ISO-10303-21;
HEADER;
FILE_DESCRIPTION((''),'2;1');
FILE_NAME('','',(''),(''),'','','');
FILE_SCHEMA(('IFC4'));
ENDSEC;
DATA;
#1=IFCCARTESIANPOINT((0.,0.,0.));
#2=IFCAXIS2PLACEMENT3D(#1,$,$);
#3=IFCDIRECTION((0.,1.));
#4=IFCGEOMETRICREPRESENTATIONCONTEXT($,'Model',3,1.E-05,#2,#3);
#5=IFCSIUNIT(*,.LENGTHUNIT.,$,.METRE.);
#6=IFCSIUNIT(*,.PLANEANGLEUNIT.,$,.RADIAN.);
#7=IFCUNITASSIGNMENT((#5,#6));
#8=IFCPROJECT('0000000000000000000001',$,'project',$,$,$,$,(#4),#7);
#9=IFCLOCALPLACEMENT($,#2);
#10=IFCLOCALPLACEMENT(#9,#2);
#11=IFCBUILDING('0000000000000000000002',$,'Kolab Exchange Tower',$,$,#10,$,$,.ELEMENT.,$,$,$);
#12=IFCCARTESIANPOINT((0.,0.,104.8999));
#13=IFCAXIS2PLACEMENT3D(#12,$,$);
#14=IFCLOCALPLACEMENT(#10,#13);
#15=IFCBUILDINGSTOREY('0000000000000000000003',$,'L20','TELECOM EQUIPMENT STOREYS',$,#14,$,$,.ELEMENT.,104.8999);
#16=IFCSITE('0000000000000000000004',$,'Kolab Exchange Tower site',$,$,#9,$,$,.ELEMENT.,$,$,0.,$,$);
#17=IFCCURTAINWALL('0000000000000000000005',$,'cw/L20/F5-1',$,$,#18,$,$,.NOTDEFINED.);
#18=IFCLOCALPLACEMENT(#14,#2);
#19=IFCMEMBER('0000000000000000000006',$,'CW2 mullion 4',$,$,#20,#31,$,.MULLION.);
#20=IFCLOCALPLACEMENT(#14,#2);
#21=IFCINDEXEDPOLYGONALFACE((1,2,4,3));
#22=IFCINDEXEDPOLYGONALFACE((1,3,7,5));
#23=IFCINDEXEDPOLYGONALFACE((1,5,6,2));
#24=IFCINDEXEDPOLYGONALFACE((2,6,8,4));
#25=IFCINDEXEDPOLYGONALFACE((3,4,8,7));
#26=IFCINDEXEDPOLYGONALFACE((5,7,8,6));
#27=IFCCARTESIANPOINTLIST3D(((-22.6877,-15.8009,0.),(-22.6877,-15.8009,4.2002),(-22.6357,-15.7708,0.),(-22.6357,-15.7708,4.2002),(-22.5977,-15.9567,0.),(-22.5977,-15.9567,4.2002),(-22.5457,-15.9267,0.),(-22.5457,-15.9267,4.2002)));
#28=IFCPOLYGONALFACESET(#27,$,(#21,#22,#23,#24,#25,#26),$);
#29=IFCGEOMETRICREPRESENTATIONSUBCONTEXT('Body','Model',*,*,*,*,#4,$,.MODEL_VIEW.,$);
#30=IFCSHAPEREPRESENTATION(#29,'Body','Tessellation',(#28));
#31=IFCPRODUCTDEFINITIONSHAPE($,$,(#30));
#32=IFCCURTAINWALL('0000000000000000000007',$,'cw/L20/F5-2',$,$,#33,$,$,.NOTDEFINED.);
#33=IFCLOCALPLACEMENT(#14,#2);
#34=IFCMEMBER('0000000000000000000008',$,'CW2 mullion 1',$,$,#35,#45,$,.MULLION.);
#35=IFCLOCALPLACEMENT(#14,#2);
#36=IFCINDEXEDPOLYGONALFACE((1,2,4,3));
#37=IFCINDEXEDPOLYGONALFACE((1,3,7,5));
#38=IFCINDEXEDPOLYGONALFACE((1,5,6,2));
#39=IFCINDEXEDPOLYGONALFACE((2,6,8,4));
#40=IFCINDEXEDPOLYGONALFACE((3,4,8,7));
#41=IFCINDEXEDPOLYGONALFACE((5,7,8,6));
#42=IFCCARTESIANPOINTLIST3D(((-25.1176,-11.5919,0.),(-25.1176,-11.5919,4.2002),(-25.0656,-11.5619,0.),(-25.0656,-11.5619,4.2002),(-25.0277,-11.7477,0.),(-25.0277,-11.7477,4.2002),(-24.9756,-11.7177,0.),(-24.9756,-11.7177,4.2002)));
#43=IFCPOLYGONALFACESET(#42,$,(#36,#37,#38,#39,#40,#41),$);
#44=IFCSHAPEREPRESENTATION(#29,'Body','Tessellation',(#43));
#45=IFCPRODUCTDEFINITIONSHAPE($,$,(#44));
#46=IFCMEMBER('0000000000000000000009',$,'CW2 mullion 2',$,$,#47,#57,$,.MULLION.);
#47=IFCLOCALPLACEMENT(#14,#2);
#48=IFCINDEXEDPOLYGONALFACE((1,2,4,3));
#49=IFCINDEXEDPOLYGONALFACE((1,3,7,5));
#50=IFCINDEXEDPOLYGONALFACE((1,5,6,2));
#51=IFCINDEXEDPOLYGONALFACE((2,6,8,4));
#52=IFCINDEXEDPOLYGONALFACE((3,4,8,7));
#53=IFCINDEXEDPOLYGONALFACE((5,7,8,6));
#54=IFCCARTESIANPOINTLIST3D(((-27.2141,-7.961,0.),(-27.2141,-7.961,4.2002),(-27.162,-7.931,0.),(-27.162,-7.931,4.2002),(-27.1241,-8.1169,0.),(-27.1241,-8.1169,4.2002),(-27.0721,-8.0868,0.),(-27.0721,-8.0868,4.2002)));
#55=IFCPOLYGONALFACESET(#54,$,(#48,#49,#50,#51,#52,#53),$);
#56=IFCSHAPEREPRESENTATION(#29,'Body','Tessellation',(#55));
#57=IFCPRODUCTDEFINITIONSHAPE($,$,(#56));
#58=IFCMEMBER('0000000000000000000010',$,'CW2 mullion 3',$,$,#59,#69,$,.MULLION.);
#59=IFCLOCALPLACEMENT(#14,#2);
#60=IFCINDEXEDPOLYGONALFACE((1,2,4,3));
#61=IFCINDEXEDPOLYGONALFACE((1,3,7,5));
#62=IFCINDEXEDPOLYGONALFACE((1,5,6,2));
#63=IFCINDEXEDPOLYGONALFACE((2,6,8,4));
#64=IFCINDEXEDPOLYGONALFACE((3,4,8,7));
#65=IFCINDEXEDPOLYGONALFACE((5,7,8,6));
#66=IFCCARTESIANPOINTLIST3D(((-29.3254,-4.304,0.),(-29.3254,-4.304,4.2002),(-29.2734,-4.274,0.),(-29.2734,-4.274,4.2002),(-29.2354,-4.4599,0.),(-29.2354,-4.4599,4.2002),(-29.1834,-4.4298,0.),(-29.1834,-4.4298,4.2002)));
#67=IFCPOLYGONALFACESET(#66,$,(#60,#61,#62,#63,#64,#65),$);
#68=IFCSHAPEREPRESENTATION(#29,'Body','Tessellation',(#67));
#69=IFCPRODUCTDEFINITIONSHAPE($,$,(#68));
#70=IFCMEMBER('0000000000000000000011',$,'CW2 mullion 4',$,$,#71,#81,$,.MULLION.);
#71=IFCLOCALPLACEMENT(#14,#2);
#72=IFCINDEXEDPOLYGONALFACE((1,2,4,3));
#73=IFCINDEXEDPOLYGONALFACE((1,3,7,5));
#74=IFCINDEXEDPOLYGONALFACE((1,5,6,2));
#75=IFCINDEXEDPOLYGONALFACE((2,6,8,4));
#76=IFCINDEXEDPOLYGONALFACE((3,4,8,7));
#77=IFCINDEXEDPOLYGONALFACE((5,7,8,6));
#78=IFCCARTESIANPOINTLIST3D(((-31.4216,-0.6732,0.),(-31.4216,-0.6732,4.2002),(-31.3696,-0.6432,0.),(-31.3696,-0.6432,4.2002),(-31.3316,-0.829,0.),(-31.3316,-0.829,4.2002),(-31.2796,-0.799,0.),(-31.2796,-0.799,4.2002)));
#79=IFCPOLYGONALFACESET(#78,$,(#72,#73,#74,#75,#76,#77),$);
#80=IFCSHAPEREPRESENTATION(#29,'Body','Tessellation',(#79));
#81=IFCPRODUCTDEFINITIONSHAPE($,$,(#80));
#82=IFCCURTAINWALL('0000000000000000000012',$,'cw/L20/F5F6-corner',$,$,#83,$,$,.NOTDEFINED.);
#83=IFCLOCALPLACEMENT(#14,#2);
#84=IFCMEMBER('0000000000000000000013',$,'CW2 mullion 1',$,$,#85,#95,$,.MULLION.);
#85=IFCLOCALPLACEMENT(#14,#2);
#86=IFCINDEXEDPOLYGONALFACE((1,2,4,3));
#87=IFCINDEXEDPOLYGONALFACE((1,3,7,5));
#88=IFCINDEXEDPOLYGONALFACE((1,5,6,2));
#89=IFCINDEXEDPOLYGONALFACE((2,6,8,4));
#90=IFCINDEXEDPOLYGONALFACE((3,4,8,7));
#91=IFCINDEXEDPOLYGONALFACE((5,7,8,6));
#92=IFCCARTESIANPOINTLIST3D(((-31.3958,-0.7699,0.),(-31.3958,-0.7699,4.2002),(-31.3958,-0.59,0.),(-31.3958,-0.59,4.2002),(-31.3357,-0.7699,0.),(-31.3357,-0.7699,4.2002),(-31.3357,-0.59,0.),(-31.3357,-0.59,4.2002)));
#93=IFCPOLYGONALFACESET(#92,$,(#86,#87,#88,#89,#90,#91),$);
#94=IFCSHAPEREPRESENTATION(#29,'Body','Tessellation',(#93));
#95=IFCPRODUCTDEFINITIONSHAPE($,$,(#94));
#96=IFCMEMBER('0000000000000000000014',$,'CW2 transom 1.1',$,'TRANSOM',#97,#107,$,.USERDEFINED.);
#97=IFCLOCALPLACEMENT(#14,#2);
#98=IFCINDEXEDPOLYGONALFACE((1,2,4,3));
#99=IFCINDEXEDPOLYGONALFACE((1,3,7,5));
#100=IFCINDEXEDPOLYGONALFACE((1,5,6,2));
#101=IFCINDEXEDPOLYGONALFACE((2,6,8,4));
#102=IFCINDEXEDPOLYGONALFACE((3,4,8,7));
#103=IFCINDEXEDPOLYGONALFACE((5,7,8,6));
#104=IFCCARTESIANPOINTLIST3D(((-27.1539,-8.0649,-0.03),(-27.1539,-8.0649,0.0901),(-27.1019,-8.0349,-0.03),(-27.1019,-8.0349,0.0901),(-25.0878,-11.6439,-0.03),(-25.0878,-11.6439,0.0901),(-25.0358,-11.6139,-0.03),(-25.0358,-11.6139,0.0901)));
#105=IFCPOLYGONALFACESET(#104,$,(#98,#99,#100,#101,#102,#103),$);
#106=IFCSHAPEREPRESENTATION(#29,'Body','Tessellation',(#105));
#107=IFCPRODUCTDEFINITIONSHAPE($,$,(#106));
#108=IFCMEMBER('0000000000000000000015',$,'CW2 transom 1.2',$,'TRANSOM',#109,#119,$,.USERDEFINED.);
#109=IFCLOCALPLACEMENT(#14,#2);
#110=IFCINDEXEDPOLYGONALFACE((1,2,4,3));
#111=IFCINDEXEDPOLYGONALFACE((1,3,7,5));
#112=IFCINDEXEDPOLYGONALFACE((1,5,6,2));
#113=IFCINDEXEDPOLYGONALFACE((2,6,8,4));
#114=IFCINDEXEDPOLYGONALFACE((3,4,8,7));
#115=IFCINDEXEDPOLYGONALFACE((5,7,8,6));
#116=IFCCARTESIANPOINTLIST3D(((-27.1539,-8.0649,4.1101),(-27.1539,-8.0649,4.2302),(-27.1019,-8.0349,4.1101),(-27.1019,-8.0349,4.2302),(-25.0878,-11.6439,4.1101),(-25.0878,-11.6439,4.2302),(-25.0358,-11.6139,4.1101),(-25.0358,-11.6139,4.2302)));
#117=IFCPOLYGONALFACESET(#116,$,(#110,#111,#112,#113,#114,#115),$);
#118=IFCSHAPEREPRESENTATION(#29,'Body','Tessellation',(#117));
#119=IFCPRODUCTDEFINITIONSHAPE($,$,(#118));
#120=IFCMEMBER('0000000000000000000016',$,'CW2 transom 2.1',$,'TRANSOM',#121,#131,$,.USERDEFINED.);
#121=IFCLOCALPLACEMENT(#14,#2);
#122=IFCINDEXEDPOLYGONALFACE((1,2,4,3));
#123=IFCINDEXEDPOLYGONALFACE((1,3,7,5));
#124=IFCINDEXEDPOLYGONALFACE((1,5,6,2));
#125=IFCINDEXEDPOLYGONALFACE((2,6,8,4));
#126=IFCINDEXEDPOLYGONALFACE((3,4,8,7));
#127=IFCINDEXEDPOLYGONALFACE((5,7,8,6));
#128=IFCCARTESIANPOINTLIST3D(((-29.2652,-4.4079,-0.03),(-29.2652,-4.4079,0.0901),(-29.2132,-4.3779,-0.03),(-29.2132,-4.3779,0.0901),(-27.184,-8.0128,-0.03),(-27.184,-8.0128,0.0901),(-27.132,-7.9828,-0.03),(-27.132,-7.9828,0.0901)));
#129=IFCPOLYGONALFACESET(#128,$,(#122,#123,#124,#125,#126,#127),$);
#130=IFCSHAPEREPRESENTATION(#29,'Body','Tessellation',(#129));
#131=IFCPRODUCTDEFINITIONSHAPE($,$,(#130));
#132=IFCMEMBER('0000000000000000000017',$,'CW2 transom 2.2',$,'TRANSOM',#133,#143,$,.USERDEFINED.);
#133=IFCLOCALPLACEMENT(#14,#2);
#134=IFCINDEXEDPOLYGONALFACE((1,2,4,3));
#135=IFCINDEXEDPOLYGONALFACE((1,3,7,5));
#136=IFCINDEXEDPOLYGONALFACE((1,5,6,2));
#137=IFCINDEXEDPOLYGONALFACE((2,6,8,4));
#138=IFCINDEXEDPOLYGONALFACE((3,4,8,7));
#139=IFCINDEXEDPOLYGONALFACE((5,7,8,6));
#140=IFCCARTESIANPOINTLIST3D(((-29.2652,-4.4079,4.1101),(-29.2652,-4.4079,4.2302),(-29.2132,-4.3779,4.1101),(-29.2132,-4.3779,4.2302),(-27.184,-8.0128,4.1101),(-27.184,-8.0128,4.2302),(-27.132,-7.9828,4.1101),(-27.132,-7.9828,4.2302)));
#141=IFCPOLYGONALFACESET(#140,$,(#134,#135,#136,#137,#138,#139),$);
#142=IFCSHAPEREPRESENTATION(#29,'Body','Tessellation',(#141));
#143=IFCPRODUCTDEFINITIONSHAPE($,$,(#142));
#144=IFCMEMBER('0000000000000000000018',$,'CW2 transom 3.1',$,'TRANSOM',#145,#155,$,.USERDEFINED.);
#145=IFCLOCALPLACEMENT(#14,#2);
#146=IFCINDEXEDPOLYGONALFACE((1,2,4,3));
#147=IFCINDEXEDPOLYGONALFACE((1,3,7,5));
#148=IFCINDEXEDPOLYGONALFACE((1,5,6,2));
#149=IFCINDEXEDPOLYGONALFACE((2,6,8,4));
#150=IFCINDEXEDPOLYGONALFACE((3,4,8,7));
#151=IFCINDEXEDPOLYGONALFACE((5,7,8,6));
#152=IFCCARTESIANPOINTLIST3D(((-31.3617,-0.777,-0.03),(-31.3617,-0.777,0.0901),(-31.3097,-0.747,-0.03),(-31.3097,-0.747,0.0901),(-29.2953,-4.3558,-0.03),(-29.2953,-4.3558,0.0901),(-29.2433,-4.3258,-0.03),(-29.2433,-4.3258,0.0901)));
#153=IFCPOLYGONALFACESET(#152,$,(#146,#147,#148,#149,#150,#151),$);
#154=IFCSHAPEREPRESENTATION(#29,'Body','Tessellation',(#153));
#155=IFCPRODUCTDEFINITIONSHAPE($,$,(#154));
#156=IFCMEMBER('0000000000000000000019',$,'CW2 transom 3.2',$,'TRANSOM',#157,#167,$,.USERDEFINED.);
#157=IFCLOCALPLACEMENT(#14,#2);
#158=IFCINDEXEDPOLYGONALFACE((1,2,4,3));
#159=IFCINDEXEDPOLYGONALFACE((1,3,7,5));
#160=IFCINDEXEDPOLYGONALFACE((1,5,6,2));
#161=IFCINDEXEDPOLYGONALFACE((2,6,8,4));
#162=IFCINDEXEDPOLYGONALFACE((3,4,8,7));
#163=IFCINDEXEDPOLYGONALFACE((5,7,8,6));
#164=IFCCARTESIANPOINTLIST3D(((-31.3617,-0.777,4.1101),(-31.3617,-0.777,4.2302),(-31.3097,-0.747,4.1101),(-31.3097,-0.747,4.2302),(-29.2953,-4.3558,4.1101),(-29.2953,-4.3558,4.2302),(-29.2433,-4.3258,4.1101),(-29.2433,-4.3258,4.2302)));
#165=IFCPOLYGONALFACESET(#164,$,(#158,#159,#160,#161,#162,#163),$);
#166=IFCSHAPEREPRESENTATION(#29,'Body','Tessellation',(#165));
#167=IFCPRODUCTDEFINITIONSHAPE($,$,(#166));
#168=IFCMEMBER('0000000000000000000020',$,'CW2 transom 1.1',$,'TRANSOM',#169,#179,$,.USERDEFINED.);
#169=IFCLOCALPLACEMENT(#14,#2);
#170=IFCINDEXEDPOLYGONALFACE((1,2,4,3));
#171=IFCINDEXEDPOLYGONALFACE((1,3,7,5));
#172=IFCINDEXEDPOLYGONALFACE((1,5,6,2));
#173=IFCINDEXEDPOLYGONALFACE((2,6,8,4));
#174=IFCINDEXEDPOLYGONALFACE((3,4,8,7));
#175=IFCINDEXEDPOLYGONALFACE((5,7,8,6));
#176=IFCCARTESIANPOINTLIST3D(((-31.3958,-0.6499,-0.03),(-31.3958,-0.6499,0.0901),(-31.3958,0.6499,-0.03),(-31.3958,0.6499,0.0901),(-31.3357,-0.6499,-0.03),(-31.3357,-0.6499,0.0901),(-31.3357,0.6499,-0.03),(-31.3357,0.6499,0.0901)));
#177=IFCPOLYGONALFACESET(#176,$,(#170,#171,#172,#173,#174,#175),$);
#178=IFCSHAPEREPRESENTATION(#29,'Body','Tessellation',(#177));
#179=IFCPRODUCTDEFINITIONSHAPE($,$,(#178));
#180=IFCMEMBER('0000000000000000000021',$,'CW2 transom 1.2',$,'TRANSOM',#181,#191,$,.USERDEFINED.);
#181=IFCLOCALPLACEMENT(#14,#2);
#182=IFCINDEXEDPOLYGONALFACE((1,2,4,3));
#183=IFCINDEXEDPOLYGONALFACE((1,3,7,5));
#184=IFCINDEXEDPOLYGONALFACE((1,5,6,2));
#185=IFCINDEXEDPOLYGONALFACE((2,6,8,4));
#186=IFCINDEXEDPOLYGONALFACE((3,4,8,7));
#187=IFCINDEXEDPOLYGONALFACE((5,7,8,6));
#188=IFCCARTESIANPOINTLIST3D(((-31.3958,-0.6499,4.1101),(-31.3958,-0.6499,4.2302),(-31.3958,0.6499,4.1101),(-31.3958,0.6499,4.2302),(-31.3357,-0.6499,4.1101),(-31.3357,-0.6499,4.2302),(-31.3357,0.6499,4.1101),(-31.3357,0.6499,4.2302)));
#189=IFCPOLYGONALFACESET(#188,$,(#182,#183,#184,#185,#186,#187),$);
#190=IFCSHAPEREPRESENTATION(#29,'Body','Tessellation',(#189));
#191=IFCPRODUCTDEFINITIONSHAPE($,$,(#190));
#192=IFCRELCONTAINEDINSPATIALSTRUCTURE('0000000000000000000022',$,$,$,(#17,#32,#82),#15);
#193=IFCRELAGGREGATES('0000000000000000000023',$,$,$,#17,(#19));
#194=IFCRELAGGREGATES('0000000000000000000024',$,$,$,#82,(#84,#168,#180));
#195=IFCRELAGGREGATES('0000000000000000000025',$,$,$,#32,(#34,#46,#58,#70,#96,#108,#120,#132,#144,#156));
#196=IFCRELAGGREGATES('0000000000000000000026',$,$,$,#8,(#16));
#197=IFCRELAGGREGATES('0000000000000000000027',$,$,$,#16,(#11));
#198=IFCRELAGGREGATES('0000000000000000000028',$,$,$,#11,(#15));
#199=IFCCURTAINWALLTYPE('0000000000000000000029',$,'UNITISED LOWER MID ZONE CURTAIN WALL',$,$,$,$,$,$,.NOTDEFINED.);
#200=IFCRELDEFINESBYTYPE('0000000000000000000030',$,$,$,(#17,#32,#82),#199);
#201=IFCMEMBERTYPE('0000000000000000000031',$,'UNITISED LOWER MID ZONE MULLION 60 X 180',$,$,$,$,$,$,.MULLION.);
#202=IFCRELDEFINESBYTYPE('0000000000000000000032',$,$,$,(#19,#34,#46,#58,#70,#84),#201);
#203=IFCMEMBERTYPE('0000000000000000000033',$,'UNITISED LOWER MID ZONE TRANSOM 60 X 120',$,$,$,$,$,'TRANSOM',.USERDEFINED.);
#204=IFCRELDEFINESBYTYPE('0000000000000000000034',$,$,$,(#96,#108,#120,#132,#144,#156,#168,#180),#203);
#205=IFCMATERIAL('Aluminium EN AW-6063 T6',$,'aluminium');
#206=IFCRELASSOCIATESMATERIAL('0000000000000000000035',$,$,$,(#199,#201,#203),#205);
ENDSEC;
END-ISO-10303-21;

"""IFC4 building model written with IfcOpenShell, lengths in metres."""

from ifc_helpers import new_model, si_unit, direction, frame, origin, origin_2d, place, context, subcontext, project, spatial, rectangle, extrude, material, material_profile, profile_set, type_object, element, aggregate, save


model = new_model("IFC4")

# Units and contexts
model_context = context("Model", 3, precision=1e-05, world=origin(), true_north=direction((0.0, 1.0)))
body_context = subcontext(model_context, "Body", "Model", "MODEL_VIEW")
ifc_project = project(units=[si_unit("LENGTHUNIT", "METRE"), si_unit("PLANEANGLEUNIT", "RADIAN")], contexts=[model_context])

# Site, building, storey
site_placement = place(None, origin())
site = spatial("IfcSite", under=ifc_project, at=site_placement, Name="Kolab Exchange Tower site", CompositionType="ELEMENT", RefElevation=0.0)
building_placement = place(site_placement, origin())
building = spatial("IfcBuilding", under=site, at=building_placement, Name="Kolab Exchange Tower", CompositionType="ELEMENT")
storey_placement = place(building_placement, frame((0.0, 0.0, 104.8999)))
storey = spatial("IfcBuildingStorey", under=building, at=storey_placement, Name="L20", Description="TELECOM EQUIPMENT STOREYS", CompositionType="ELEMENT", Elevation=104.8999)

# Curtain wall, member
ifc_material_1 = material(Name="Aluminium EN AW-6063 T6", Category="aluminium")
curtain_wall_type = type_object("IfcCurtainWallType", Name="UNITISED LOWER MID ZONE CURTAIN WALL", PredefinedType="NOTDEFINED", material=ifc_material_1)
curtain_wall_1_placement = place(storey_placement, origin())
curtain_wall_1 = element("IfcCurtainWall", 1, at=curtain_wall_1_placement, inside=storey, type_object=curtain_wall_type, Name="cw/L20/F5-1", PredefinedType="NOTDEFINED")
ifc_material_profile_1 = material_profile(ifc_material_1, rectangle(XDim=0.0601, YDim=0.1799, at=origin_2d()), Name="RECT 60X180")
ifc_profile_set_1 = profile_set([ifc_material_profile_1], Name="Aluminium EN AW-6063 T6")
member_type_1 = type_object("IfcMemberType", Name="UNITISED LOWER MID ZONE MULLION 60 X 180", PredefinedType="MULLION", material=ifc_profile_set_1)
member_1_placement = place(storey_placement, frame((-22.6167, -15.8638, 0.0), z_axis=(0.0, 0.0, 1.0), x_axis=(-0.866025, -0.5, 0.0)))
member_1 = element("IfcMember", 2, at=member_1_placement, type_object=member_type_1, Name="CW2 mullion 4", PredefinedType="MULLION", context=body_context, shape_type="SweptSolid", body=[
    extrude(rectangle(XDim=0.0601, YDim=0.1799, at=origin_2d()), origin(), (0.0, 0.0, 1.0), 4.2002),
])
aggregate(curtain_wall_1, [member_1])

# Curtain wall, members
curtain_wall_2_placement = place(storey_placement, origin())
curtain_wall_2 = element("IfcCurtainWall", 3, at=curtain_wall_2_placement, inside=storey, type_object=curtain_wall_type, Name="cw/L20/F5-2", PredefinedType="NOTDEFINED")
member_2_placement = place(storey_placement, frame((-25.0466, -11.6548, 0.0), z_axis=(0.0, 0.0, 1.0), x_axis=(-0.866025, -0.5, 0.0)))
member_2 = element("IfcMember", 4, at=member_2_placement, type_object=member_type_1, Name="CW2 mullion 1", PredefinedType="MULLION", context=body_context, shape_type="SweptSolid", body=[
    extrude(rectangle(XDim=0.0601, YDim=0.1799, at=origin_2d()), origin(), (0.0, 0.0, 1.0), 4.2002),
])
member_3_placement = place(storey_placement, frame((-27.1431, -8.0239, 0.0), z_axis=(0.0, 0.0, 1.0), x_axis=(-0.866025, -0.5, 0.0)))
member_3 = element("IfcMember", 5, at=member_3_placement, type_object=member_type_1, Name="CW2 mullion 2", PredefinedType="MULLION", context=body_context, shape_type="SweptSolid", body=[
    extrude(rectangle(XDim=0.0601, YDim=0.1799, at=origin_2d()), origin(), (0.0, 0.0, 1.0), 4.2002),
])
member_4_placement = place(storey_placement, frame((-29.2544, -4.3669, 0.0), z_axis=(0.0, 0.0, 1.0), x_axis=(-0.866025, -0.5, 0.0)))
member_4 = element("IfcMember", 6, at=member_4_placement, type_object=member_type_1, Name="CW2 mullion 3", PredefinedType="MULLION", context=body_context, shape_type="SweptSolid", body=[
    extrude(rectangle(XDim=0.0601, YDim=0.1799, at=origin_2d()), origin(), (0.0, 0.0, 1.0), 4.2002),
])
member_5_placement = place(storey_placement, frame((-31.3506, -0.7361, 0.0), z_axis=(0.0, 0.0, 1.0), x_axis=(-0.866025, -0.5, 0.0)))
member_5 = element("IfcMember", 7, at=member_5_placement, type_object=member_type_1, Name="CW2 mullion 4", PredefinedType="MULLION", context=body_context, shape_type="SweptSolid", body=[
    extrude(rectangle(XDim=0.0601, YDim=0.1799, at=origin_2d()), origin(), (0.0, 0.0, 1.0), 4.2002),
])

# Curtain wall, member
curtain_wall_3_placement = place(storey_placement, origin())
curtain_wall_3 = element("IfcCurtainWall", 8, at=curtain_wall_3_placement, inside=storey, type_object=curtain_wall_type, Name="cw/L20/F5F6-corner", PredefinedType="NOTDEFINED")
member_6_placement = place(storey_placement, frame((-31.3657, -0.6799, 0.0), z_axis=(0.0, 0.0, 1.0), x_axis=(-1.0, 0.0, 0.0)))
member_6 = element("IfcMember", 9, at=member_6_placement, type_object=member_type_1, Name="CW2 mullion 1", PredefinedType="MULLION", context=body_context, shape_type="SweptSolid", body=[
    extrude(rectangle(XDim=0.0601, YDim=0.1799, at=origin_2d()), origin(), (0.0, 0.0, 1.0), 4.2002),
])

# Members
ifc_material_profile_2 = material_profile(ifc_material_1, rectangle(XDim=0.0601, YDim=0.1201, at=origin_2d()), Name="RECT 60X120")
ifc_profile_set_2 = profile_set([ifc_material_profile_2], Name="Aluminium EN AW-6063 T6")
member_type_2 = type_object("IfcMemberType", Name="UNITISED LOWER MID ZONE TRANSOM 60 X 120", ElementType="TRANSOM", PredefinedType="USERDEFINED", material=ifc_profile_set_2)
member_7_placement = place(storey_placement, frame((-25.0618, -11.6289, 0.03), z_axis=(-0.499958, 0.86605, 0.0), x_axis=(-0.86605, -0.499958, 0.0)))
member_7 = element("IfcMember", 10, at=member_7_placement, type_object=member_type_2, Name="CW2 transom 1.1", ObjectType="TRANSOM", PredefinedType="USERDEFINED", context=body_context, shape_type="SweptSolid", body=[
    extrude(rectangle(XDim=0.0601, YDim=0.1201, at=origin_2d()), origin(), (0.0, 0.0, 1.0), 4.1326),
])
member_8_placement = place(storey_placement, frame((-25.0618, -11.6289, 4.1702), z_axis=(-0.499958, 0.86605, 0.0), x_axis=(-0.86605, -0.499958, 0.0)))
member_8 = element("IfcMember", 11, at=member_8_placement, type_object=member_type_2, Name="CW2 transom 1.2", ObjectType="TRANSOM", PredefinedType="USERDEFINED", context=body_context, shape_type="SweptSolid", body=[
    extrude(rectangle(XDim=0.0601, YDim=0.1201, at=origin_2d()), origin(), (0.0, 0.0, 1.0), 4.1326),
])
member_9_placement = place(storey_placement, frame((-27.158, -7.9978, 0.03), z_axis=(-0.499993, 0.866029, 0.0), x_axis=(-0.866029, -0.499993, 0.0)))
member_9 = element("IfcMember", 12, at=member_9_placement, type_object=member_type_2, Name="CW2 transom 2.1", ObjectType="TRANSOM", PredefinedType="USERDEFINED", context=body_context, shape_type="SweptSolid", body=[
    extrude(rectangle(XDim=0.0601, YDim=0.1201, at=origin_2d()), origin(), (0.0, 0.0, 1.0), 4.1626),
])
member_10_placement = place(storey_placement, frame((-27.158, -7.9978, 4.1702), z_axis=(-0.499993, 0.866029, 0.0), x_axis=(-0.866029, -0.499993, 0.0)))
member_10 = element("IfcMember", 13, at=member_10_placement, type_object=member_type_2, Name="CW2 transom 2.2", ObjectType="TRANSOM", PredefinedType="USERDEFINED", context=body_context, shape_type="SweptSolid", body=[
    extrude(rectangle(XDim=0.0601, YDim=0.1201, at=origin_2d()), origin(), (0.0, 0.0, 1.0), 4.1626),
])
member_11_placement = place(storey_placement, frame((-29.2693, -4.3408, 0.03), z_axis=(-0.500028, 0.866009, 0.0), x_axis=(-0.866009, -0.500028, 0.0)))
member_11 = element("IfcMember", 14, at=member_11_placement, type_object=member_type_2, Name="CW2 transom 3.1", ObjectType="TRANSOM", PredefinedType="USERDEFINED", context=body_context, shape_type="SweptSolid", body=[
    extrude(rectangle(XDim=0.0601, YDim=0.1201, at=origin_2d()), origin(), (0.0, 0.0, 1.0), 4.1326),
])
member_12_placement = place(storey_placement, frame((-29.2693, -4.3408, 4.1702), z_axis=(-0.500028, 0.866009, 0.0), x_axis=(-0.866009, -0.500028, 0.0)))
member_12 = element("IfcMember", 15, at=member_12_placement, type_object=member_type_2, Name="CW2 transom 3.2", ObjectType="TRANSOM", PredefinedType="USERDEFINED", context=body_context, shape_type="SweptSolid", body=[
    extrude(rectangle(XDim=0.0601, YDim=0.1201, at=origin_2d()), origin(), (0.0, 0.0, 1.0), 4.1326),
])
member_13_placement = place(storey_placement, frame((-31.3657, -0.6499, 0.03), z_axis=(0.0, 1.0, 0.0), x_axis=(-1.0, 0.0, 0.0)))
member_13 = element("IfcMember", 16, at=member_13_placement, type_object=member_type_2, Name="CW2 transom 1.1", ObjectType="TRANSOM", PredefinedType="USERDEFINED", context=body_context, shape_type="SweptSolid", body=[
    extrude(rectangle(XDim=0.0601, YDim=0.1201, at=origin_2d()), origin(), (0.0, 0.0, 1.0), 1.2998),
])
member_14_placement = place(storey_placement, frame((-31.3657, -0.6499, 4.1702), z_axis=(0.0, 1.0, 0.0), x_axis=(-1.0, 0.0, 0.0)))
member_14 = element("IfcMember", 17, at=member_14_placement, type_object=member_type_2, Name="CW2 transom 1.2", ObjectType="TRANSOM", PredefinedType="USERDEFINED", context=body_context, shape_type="SweptSolid", body=[
    extrude(rectangle(XDim=0.0601, YDim=0.1201, at=origin_2d()), origin(), (0.0, 0.0, 1.0), 1.2998),
])
aggregate(curtain_wall_3, [member_6, member_13, member_14])

aggregate(curtain_wall_2, [member_2, member_3, member_4, member_5, member_7, member_8, member_9, member_10, member_11, member_12])

save(model, "model.ifc")
